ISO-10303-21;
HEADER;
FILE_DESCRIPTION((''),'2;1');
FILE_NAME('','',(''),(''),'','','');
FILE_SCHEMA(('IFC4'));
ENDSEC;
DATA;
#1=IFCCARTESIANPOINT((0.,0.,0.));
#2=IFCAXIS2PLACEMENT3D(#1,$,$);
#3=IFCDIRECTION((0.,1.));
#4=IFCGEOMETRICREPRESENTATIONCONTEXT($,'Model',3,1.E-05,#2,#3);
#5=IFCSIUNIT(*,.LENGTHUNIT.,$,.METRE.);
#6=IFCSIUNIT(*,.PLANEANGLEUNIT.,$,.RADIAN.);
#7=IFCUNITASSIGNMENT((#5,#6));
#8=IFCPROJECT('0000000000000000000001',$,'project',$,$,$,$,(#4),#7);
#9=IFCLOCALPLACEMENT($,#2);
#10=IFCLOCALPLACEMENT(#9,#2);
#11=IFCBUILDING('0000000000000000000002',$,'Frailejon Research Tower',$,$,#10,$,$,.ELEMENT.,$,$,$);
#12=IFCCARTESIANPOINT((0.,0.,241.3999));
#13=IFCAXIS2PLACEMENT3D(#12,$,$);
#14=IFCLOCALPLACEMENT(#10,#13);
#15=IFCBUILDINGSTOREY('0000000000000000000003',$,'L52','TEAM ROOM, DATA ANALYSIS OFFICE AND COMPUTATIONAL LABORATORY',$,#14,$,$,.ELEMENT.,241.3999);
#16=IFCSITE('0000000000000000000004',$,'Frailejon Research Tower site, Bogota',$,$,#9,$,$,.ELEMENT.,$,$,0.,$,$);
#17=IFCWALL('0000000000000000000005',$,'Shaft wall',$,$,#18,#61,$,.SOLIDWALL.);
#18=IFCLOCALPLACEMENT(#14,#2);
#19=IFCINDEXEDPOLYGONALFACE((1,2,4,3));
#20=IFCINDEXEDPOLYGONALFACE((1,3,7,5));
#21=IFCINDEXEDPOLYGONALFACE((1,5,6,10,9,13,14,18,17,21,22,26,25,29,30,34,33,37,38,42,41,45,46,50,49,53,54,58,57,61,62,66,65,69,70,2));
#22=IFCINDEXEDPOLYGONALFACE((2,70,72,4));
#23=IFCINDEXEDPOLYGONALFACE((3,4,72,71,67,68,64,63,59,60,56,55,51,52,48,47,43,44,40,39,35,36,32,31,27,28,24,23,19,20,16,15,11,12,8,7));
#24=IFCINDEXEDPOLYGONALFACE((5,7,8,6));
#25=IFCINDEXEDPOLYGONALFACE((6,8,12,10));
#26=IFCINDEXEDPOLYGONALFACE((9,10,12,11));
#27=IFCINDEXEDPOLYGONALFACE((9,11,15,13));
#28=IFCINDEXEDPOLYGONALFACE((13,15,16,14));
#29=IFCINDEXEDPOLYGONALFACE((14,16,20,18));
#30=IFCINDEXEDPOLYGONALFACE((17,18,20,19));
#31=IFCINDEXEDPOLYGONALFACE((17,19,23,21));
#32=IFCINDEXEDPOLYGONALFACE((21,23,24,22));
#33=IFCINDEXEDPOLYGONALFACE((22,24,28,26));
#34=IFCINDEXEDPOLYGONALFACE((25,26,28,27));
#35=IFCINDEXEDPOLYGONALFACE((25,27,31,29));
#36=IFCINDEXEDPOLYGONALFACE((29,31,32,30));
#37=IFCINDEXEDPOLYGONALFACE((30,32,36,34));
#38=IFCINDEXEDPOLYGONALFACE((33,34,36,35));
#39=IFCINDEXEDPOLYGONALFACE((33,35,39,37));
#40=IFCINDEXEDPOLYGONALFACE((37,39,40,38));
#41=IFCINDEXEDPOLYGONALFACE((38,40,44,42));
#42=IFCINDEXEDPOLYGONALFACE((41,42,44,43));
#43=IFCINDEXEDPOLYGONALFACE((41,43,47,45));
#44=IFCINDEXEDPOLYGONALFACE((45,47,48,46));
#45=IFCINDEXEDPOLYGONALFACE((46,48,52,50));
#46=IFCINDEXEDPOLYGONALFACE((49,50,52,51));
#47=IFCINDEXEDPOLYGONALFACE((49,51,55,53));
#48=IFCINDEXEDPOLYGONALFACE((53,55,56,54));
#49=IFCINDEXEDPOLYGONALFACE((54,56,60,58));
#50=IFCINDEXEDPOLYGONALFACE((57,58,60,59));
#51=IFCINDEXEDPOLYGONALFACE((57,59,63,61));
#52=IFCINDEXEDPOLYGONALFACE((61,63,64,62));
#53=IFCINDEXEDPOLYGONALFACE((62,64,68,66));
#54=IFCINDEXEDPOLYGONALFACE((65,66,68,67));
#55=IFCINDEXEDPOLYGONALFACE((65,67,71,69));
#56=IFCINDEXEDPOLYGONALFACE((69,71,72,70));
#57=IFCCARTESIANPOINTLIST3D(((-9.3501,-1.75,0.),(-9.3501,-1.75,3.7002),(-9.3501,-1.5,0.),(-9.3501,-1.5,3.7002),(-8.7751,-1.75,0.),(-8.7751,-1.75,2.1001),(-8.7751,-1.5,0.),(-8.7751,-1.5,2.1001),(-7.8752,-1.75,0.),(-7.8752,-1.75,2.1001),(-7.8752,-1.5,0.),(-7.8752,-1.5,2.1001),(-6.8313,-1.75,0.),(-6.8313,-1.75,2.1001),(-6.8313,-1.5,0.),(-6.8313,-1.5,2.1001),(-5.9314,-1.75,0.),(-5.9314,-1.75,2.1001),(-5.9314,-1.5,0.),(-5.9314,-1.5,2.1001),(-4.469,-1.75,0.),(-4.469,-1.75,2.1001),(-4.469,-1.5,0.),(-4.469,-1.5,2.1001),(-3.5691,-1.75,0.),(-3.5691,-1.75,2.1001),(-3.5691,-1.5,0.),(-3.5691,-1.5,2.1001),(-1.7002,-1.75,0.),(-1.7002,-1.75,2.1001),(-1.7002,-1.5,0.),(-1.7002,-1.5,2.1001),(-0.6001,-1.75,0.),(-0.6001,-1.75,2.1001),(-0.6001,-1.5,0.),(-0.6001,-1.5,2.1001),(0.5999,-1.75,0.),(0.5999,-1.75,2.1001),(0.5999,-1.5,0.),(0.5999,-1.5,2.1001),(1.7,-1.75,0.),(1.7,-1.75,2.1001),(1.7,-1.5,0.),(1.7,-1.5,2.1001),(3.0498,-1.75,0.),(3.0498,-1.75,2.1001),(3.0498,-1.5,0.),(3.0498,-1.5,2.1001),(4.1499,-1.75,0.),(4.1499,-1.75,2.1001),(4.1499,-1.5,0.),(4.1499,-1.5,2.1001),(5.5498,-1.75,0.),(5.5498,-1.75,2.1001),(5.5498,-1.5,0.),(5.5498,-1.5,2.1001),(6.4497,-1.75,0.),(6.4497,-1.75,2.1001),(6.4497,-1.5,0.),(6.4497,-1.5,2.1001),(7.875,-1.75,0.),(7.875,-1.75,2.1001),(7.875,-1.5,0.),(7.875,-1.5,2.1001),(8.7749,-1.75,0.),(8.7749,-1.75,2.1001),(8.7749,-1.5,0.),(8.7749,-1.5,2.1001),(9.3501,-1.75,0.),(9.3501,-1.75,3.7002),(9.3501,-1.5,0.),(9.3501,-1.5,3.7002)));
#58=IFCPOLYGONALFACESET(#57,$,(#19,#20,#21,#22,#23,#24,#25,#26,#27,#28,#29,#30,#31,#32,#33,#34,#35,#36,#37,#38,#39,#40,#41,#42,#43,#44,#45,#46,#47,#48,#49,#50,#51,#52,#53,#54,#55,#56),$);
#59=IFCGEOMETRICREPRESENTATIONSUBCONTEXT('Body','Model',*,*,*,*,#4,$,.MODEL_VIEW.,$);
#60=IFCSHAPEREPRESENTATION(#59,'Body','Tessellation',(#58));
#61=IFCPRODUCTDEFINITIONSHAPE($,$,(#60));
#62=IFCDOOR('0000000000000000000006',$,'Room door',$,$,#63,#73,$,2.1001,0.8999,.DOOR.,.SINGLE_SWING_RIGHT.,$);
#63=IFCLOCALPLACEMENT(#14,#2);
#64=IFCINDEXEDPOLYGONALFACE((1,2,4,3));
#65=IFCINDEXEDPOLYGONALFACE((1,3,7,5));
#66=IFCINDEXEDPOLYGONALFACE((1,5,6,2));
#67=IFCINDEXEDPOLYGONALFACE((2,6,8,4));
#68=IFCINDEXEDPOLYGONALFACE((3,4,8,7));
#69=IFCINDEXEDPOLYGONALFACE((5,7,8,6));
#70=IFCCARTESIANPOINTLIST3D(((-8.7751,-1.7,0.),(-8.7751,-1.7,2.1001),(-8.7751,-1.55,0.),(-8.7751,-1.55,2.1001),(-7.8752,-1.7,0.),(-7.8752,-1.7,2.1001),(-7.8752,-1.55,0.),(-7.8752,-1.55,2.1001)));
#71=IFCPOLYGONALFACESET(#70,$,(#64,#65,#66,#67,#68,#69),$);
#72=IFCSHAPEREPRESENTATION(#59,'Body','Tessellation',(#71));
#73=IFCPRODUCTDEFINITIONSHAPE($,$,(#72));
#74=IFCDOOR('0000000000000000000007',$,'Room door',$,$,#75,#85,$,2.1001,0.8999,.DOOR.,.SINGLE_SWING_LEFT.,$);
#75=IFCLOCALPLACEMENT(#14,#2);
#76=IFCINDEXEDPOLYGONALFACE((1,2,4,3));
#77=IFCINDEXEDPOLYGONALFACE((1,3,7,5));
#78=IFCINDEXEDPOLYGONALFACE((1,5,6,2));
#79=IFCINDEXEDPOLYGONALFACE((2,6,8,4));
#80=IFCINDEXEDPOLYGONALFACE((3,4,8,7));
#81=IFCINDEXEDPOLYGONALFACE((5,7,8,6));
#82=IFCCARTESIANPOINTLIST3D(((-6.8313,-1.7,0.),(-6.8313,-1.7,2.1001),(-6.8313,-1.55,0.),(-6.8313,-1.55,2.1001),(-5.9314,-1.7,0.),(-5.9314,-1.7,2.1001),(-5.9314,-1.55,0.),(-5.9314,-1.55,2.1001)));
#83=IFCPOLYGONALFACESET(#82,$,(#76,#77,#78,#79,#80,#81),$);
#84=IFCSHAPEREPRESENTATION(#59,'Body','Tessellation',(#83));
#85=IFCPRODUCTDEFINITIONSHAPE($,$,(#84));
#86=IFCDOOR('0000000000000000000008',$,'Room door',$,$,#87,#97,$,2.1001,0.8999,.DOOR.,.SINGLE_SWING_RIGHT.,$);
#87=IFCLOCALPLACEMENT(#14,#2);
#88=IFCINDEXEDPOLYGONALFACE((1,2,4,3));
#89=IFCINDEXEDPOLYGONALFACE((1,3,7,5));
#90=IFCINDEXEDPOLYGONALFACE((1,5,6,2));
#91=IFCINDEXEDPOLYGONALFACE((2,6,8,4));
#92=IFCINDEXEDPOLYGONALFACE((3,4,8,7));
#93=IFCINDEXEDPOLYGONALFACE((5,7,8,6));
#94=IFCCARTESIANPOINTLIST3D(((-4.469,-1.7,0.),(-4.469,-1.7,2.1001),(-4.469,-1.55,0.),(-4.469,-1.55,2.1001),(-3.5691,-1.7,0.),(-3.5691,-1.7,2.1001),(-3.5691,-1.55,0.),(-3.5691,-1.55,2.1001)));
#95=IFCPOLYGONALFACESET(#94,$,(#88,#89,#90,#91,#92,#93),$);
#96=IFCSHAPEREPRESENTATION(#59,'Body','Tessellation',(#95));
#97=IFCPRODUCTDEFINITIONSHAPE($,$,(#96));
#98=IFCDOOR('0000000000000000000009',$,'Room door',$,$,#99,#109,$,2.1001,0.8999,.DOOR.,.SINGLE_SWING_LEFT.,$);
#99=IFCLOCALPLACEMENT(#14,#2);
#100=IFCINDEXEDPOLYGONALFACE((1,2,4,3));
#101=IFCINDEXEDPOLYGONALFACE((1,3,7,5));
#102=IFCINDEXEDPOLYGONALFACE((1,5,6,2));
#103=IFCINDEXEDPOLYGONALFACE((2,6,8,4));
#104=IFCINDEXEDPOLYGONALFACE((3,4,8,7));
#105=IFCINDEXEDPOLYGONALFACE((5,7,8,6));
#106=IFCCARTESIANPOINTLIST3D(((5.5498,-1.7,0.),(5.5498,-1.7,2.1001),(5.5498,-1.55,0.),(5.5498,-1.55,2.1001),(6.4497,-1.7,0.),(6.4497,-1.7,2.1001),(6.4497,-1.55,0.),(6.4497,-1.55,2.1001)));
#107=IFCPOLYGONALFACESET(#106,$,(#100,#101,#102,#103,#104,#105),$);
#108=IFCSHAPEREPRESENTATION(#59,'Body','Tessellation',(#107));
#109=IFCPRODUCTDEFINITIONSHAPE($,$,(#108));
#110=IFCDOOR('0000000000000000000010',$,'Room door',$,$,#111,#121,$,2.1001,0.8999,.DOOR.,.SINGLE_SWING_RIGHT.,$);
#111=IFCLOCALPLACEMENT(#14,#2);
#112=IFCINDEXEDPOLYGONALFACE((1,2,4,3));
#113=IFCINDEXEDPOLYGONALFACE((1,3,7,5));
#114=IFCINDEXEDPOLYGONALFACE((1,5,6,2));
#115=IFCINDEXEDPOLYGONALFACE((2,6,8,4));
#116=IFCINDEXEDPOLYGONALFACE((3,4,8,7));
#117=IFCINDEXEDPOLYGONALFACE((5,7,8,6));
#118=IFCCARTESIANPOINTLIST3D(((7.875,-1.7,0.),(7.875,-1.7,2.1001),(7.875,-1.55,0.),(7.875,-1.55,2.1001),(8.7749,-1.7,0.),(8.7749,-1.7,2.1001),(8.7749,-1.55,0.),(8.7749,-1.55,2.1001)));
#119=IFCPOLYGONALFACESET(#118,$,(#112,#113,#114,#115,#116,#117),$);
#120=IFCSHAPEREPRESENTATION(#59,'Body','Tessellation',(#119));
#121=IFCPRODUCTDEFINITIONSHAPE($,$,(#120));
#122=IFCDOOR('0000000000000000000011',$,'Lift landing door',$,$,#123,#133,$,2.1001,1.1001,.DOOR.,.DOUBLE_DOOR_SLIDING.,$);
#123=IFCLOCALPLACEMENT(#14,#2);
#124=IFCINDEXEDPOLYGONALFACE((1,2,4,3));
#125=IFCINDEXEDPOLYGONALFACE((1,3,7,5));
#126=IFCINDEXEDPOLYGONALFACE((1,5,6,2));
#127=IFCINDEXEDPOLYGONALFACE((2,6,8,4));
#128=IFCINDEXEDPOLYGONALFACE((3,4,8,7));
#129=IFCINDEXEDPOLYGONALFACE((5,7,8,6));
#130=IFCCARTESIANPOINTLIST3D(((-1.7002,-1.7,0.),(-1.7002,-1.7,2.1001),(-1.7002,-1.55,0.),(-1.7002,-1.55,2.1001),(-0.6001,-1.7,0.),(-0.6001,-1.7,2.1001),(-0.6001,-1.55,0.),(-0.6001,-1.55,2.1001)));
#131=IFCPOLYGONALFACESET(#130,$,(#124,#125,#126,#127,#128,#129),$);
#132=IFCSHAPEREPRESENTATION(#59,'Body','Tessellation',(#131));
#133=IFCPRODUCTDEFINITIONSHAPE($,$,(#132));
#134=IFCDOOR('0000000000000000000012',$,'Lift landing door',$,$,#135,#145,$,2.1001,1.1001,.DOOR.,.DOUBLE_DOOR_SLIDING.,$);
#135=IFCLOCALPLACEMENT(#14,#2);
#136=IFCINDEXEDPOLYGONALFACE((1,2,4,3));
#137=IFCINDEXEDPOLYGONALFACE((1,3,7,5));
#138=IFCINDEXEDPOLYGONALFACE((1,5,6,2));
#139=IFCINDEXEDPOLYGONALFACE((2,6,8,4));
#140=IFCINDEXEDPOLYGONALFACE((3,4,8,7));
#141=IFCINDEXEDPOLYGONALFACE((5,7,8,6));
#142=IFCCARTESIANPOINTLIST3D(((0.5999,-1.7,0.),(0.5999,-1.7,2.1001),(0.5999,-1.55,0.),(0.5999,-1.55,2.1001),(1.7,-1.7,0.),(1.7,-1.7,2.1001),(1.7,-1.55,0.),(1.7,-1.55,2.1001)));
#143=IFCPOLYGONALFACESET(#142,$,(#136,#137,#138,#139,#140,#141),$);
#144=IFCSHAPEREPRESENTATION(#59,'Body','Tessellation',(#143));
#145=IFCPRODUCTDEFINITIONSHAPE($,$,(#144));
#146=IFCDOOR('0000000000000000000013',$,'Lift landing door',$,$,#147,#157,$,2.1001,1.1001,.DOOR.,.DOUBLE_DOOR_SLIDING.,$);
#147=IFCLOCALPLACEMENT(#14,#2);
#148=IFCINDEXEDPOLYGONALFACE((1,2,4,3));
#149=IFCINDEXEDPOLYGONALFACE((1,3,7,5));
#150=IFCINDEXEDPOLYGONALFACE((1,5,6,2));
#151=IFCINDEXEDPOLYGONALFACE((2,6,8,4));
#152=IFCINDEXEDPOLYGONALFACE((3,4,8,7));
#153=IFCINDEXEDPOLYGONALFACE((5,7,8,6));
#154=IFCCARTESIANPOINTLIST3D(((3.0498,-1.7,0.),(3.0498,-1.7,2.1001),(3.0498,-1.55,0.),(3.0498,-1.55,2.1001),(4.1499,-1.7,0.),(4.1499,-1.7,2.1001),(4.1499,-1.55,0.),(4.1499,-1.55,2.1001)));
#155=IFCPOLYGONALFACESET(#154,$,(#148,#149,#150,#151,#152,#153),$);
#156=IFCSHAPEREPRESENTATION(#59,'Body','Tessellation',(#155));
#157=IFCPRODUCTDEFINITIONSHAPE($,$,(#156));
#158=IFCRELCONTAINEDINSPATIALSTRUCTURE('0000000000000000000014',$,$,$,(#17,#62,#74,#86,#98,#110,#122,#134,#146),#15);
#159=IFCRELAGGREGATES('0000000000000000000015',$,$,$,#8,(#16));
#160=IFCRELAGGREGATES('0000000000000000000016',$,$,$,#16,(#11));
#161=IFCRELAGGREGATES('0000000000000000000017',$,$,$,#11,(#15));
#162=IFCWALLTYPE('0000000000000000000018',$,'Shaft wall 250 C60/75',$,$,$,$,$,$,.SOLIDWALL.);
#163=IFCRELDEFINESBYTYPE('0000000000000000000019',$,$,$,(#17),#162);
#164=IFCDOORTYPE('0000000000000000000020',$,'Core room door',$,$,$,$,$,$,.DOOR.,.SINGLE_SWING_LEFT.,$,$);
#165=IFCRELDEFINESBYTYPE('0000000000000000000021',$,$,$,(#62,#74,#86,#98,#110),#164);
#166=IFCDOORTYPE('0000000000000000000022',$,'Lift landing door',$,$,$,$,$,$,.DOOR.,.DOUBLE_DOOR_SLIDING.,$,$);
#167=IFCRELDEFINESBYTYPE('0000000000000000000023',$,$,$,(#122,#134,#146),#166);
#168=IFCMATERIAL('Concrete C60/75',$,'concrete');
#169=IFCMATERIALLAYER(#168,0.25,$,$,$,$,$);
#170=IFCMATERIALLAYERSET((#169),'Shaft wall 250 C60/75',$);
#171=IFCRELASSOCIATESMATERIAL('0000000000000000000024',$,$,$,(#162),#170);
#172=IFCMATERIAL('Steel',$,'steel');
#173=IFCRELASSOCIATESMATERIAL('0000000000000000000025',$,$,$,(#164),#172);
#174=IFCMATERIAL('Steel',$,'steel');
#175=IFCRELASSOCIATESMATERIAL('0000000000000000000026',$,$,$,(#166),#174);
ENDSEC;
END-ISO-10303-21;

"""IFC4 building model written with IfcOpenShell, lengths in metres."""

from ifc_helpers import new_model, si_unit, direction, frame, frame_2d, origin, place, context, subcontext, project, spatial, rectangle, extrude, material, layer, layer_set, type_object, element, fill, save


model = new_model("IFC4")

# Units and contexts
model_context = context("Model", 3, precision=1e-05, world=origin(), true_north=direction((0.0, 1.0)))
body_context = subcontext(model_context, "Body", "Model", "MODEL_VIEW")
ifc_project = project(units=[si_unit("LENGTHUNIT", "METRE"), si_unit("PLANEANGLEUNIT", "RADIAN")], contexts=[model_context])

# Site, building, storey
site_placement = place(None, origin())
site = spatial("IfcSite", under=ifc_project, at=site_placement, Name="Frailejon Research Tower site, Bogota", CompositionType="ELEMENT", RefElevation=0.0)
building_placement = place(site_placement, origin())
building = spatial("IfcBuilding", under=site, at=building_placement, Name="Frailejon Research Tower", CompositionType="ELEMENT")
storey_placement = place(building_placement, frame((0.0, 0.0, 241.3999)))
storey = spatial("IfcBuildingStorey", under=building, at=storey_placement, Name="L52", Description="TEAM ROOM, DATA ANALYSIS OFFICE AND COMPUTATIONAL LABORATORY", CompositionType="ELEMENT", Elevation=241.3999)

# Wall, openings, doors
ifc_material_1 = material(Name="Concrete C60/75", Category="concrete")
ifc_layer_1 = layer(ifc_material_1, 0.25)
ifc_layer_set_1 = layer_set([ifc_layer_1], Name="Shaft wall 250 C60/75")
wall_type_1 = type_object("IfcWallType", Name="Shaft wall 250 C60/75", PredefinedType="SOLIDWALL", material=ifc_layer_set_1)
wall_1_placement = place(storey_placement, frame((-9.3501, -1.625, 0.0), z_axis=(0.0, 0.0, 1.0), x_axis=(1.0, 0.0, 0.0)))
wall_1 = element("IfcWall", 1, at=wall_1_placement, inside=storey, type_object=wall_type_1, Name="Shaft wall", PredefinedType="SOLIDWALL", context=body_context, shape_type="SweptSolid", body=[
    extrude(rectangle(XDim=18.7002, YDim=0.25, at=frame_2d((9.3501, 0.0))), origin(), (0.0, 0.0, 1.0), 3.7002),
])
opening_1_placement = place(wall_1_placement, frame((7.6499, 0.0, 0.0)))
opening_1 = element("IfcOpeningElement", 2, at=opening_1_placement, cuts=wall_1, PredefinedType="OPENING", context=body_context, shape_type="SweptSolid", body=[
    extrude(rectangle(XDim=1.1001, YDim=2.1001, at=frame_2d((0.55, 1.05))), frame((0.0, 0.135, 0.0), z_axis=(0.0, -1.0, 0.0), x_axis=(1.0, 0.0, 0.0)), (0.0, 0.0, 1.0), 0.27),
])
opening_2_placement = place(wall_1_placement, frame((9.95, 0.0, 0.0)))
opening_2 = element("IfcOpeningElement", 3, at=opening_2_placement, cuts=wall_1, PredefinedType="OPENING", context=body_context, shape_type="SweptSolid", body=[
    extrude(rectangle(XDim=1.1001, YDim=2.1001, at=frame_2d((0.55, 1.05))), frame((0.0, 0.135, 0.0), z_axis=(0.0, -1.0, 0.0), x_axis=(1.0, 0.0, 0.0)), (0.0, 0.0, 1.0), 0.27),
])
opening_3_placement = place(wall_1_placement, frame((12.3999, 0.0, 0.0)))
opening_3 = element("IfcOpeningElement", 4, at=opening_3_placement, cuts=wall_1, PredefinedType="OPENING", context=body_context, shape_type="SweptSolid", body=[
    extrude(rectangle(XDim=1.1001, YDim=2.1001, at=frame_2d((0.55, 1.05))), frame((0.0, 0.135, 0.0), z_axis=(0.0, -1.0, 0.0), x_axis=(1.0, 0.0, 0.0)), (0.0, 0.0, 1.0), 0.27),
])
opening_4_placement = place(wall_1_placement, frame((0.575, 0.0, 0.0)))
opening_4 = element("IfcOpeningElement", 5, at=opening_4_placement, cuts=wall_1, PredefinedType="OPENING", context=body_context, shape_type="SweptSolid", body=[
    extrude(rectangle(XDim=0.8999, YDim=2.1001, at=frame_2d((0.45, 1.05))), frame((0.0, 0.135, 0.0), z_axis=(0.0, -1.0, 0.0), x_axis=(1.0, 0.0, 0.0)), (0.0, 0.0, 1.0), 0.27),
])
opening_5_placement = place(wall_1_placement, frame((2.5188, 0.0, 0.0)))
opening_5 = element("IfcOpeningElement", 6, at=opening_5_placement, cuts=wall_1, PredefinedType="OPENING", context=body_context, shape_type="SweptSolid", body=[
    extrude(rectangle(XDim=0.8999, YDim=2.1001, at=frame_2d((0.45, 1.05))), frame((0.0, 0.135, 0.0), z_axis=(0.0, -1.0, 0.0), x_axis=(1.0, 0.0, 0.0)), (0.0, 0.0, 1.0), 0.27),
])
opening_6_placement = place(wall_1_placement, frame((4.8811, 0.0, 0.0)))
opening_6 = element("IfcOpeningElement", 7, at=opening_6_placement, cuts=wall_1, PredefinedType="OPENING", context=body_context, shape_type="SweptSolid", body=[
    extrude(rectangle(XDim=0.8999, YDim=2.1001, at=frame_2d((0.45, 1.05))), frame((0.0, 0.135, 0.0), z_axis=(0.0, -1.0, 0.0), x_axis=(1.0, 0.0, 0.0)), (0.0, 0.0, 1.0), 0.27),
])
opening_7_placement = place(wall_1_placement, frame((14.8999, 0.0, 0.0)))
opening_7 = element("IfcOpeningElement", 8, at=opening_7_placement, cuts=wall_1, PredefinedType="OPENING", context=body_context, shape_type="SweptSolid", body=[
    extrude(rectangle(XDim=0.8999, YDim=2.1001, at=frame_2d((0.45, 1.05))), frame((0.0, 0.135, 0.0), z_axis=(0.0, -1.0, 0.0), x_axis=(1.0, 0.0, 0.0)), (0.0, 0.0, 1.0), 0.27),
])
opening_8_placement = place(wall_1_placement, frame((17.2251, 0.0, 0.0)))
opening_8 = element("IfcOpeningElement", 9, at=opening_8_placement, cuts=wall_1, PredefinedType="OPENING", context=body_context, shape_type="SweptSolid", body=[
    extrude(rectangle(XDim=0.8999, YDim=2.1001, at=frame_2d((0.45, 1.05))), frame((0.0, 0.135, 0.0), z_axis=(0.0, -1.0, 0.0), x_axis=(1.0, 0.0, 0.0)), (0.0, 0.0, 1.0), 0.27),
])
ifc_material_2 = material(Name="Steel", Category="steel")
door_type_1 = type_object("IfcDoorType", Name="Core room door", OperationType="SINGLE_SWING_LEFT", PredefinedType="DOOR", material=ifc_material_2)
door_1_placement = place(opening_4_placement, origin())
door_1 = element("IfcDoor", 10, at=door_1_placement, inside=storey, type_object=door_type_1, Name="Room door", OperationType="SINGLE_SWING_RIGHT", OverallHeight=2.1001, OverallWidth=0.8999, PredefinedType="DOOR", context=body_context, shape_type="SweptSolid", body=[
    extrude(rectangle(XDim=0.8999, YDim=2.1001, at=frame_2d((0.45, 1.05))), frame((0.0, 0.075, 0.0), z_axis=(0.0, -1.0, 0.0), x_axis=(1.0, 0.0, 0.0)), (0.0, 0.0, 1.0), 0.1499),
])
fill(opening_4, door_1)
door_2_placement = place(opening_5_placement, origin())
door_2 = element("IfcDoor", 11, at=door_2_placement, inside=storey, type_object=door_type_1, Name="Room door", OperationType="SINGLE_SWING_LEFT", OverallHeight=2.1001, OverallWidth=0.8999, PredefinedType="DOOR", context=body_context, shape_type="SweptSolid", body=[
    extrude(rectangle(XDim=0.8999, YDim=2.1001, at=frame_2d((0.45, 1.05))), frame((0.0, 0.075, 0.0), z_axis=(0.0, -1.0, 0.0), x_axis=(1.0, 0.0, 0.0)), (0.0, 0.0, 1.0), 0.1499),
])
fill(opening_5, door_2)
door_3_placement = place(opening_6_placement, origin())
door_3 = element("IfcDoor", 12, at=door_3_placement, inside=storey, type_object=door_type_1, Name="Room door", OperationType="SINGLE_SWING_RIGHT", OverallHeight=2.1001, OverallWidth=0.8999, PredefinedType="DOOR", context=body_context, shape_type="SweptSolid", body=[
    extrude(rectangle(XDim=0.8999, YDim=2.1001, at=frame_2d((0.45, 1.05))), frame((0.0, 0.075, 0.0), z_axis=(0.0, -1.0, 0.0), x_axis=(1.0, 0.0, 0.0)), (0.0, 0.0, 1.0), 0.1499),
])
fill(opening_6, door_3)
door_4_placement = place(opening_7_placement, origin())
door_4 = element("IfcDoor", 13, at=door_4_placement, inside=storey, type_object=door_type_1, Name="Room door", OperationType="SINGLE_SWING_LEFT", OverallHeight=2.1001, OverallWidth=0.8999, PredefinedType="DOOR", context=body_context, shape_type="SweptSolid", body=[
    extrude(rectangle(XDim=0.8999, YDim=2.1001, at=frame_2d((0.45, 1.05))), frame((0.0, 0.075, 0.0), z_axis=(0.0, -1.0, 0.0), x_axis=(1.0, 0.0, 0.0)), (0.0, 0.0, 1.0), 0.1499),
])
fill(opening_7, door_4)
door_5_placement = place(opening_8_placement, origin())
door_5 = element("IfcDoor", 14, at=door_5_placement, inside=storey, type_object=door_type_1, Name="Room door", OperationType="SINGLE_SWING_RIGHT", OverallHeight=2.1001, OverallWidth=0.8999, PredefinedType="DOOR", context=body_context, shape_type="SweptSolid", body=[
    extrude(rectangle(XDim=0.8999, YDim=2.1001, at=frame_2d((0.45, 1.05))), frame((0.0, 0.075, 0.0), z_axis=(0.0, -1.0, 0.0), x_axis=(1.0, 0.0, 0.0)), (0.0, 0.0, 1.0), 0.1499),
])
fill(opening_8, door_5)
ifc_material_3 = material(Name="Steel", Category="steel")
door_type_2 = type_object("IfcDoorType", Name="Lift landing door", OperationType="DOUBLE_DOOR_SLIDING", PredefinedType="DOOR", material=ifc_material_3)
door_6_placement = place(opening_1_placement, origin())
door_6 = element("IfcDoor", 15, at=door_6_placement, inside=storey, type_object=door_type_2, Name="Lift landing door", OperationType="DOUBLE_DOOR_SLIDING", OverallHeight=2.1001, OverallWidth=1.1001, PredefinedType="DOOR", context=body_context, shape_type="SweptSolid", body=[
    extrude(rectangle(XDim=1.1001, YDim=2.1001, at=frame_2d((0.55, 1.05))), frame((0.0, 0.075, 0.0), z_axis=(0.0, -1.0, 0.0), x_axis=(1.0, 0.0, 0.0)), (0.0, 0.0, 1.0), 0.1499),
])
fill(opening_1, door_6)
door_7_placement = place(opening_2_placement, origin())
door_7 = element("IfcDoor", 16, at=door_7_placement, inside=storey, type_object=door_type_2, Name="Lift landing door", OperationType="DOUBLE_DOOR_SLIDING", OverallHeight=2.1001, OverallWidth=1.1001, PredefinedType="DOOR", context=body_context, shape_type="SweptSolid", body=[
    extrude(rectangle(XDim=1.1001, YDim=2.1001, at=frame_2d((0.55, 1.05))), frame((0.0, 0.075, 0.0), z_axis=(0.0, -1.0, 0.0), x_axis=(1.0, 0.0, 0.0)), (0.0, 0.0, 1.0), 0.1499),
])
fill(opening_2, door_7)
door_8_placement = place(opening_3_placement, origin())
door_8 = element("IfcDoor", 17, at=door_8_placement, inside=storey, type_object=door_type_2, Name="Lift landing door", OperationType="DOUBLE_DOOR_SLIDING", OverallHeight=2.1001, OverallWidth=1.1001, PredefinedType="DOOR", context=body_context, shape_type="SweptSolid", body=[
    extrude(rectangle(XDim=1.1001, YDim=2.1001, at=frame_2d((0.55, 1.05))), frame((0.0, 0.075, 0.0), z_axis=(0.0, -1.0, 0.0), x_axis=(1.0, 0.0, 0.0)), (0.0, 0.0, 1.0), 0.1499),
])
fill(opening_3, door_8)

save(model, "model.ifc")
